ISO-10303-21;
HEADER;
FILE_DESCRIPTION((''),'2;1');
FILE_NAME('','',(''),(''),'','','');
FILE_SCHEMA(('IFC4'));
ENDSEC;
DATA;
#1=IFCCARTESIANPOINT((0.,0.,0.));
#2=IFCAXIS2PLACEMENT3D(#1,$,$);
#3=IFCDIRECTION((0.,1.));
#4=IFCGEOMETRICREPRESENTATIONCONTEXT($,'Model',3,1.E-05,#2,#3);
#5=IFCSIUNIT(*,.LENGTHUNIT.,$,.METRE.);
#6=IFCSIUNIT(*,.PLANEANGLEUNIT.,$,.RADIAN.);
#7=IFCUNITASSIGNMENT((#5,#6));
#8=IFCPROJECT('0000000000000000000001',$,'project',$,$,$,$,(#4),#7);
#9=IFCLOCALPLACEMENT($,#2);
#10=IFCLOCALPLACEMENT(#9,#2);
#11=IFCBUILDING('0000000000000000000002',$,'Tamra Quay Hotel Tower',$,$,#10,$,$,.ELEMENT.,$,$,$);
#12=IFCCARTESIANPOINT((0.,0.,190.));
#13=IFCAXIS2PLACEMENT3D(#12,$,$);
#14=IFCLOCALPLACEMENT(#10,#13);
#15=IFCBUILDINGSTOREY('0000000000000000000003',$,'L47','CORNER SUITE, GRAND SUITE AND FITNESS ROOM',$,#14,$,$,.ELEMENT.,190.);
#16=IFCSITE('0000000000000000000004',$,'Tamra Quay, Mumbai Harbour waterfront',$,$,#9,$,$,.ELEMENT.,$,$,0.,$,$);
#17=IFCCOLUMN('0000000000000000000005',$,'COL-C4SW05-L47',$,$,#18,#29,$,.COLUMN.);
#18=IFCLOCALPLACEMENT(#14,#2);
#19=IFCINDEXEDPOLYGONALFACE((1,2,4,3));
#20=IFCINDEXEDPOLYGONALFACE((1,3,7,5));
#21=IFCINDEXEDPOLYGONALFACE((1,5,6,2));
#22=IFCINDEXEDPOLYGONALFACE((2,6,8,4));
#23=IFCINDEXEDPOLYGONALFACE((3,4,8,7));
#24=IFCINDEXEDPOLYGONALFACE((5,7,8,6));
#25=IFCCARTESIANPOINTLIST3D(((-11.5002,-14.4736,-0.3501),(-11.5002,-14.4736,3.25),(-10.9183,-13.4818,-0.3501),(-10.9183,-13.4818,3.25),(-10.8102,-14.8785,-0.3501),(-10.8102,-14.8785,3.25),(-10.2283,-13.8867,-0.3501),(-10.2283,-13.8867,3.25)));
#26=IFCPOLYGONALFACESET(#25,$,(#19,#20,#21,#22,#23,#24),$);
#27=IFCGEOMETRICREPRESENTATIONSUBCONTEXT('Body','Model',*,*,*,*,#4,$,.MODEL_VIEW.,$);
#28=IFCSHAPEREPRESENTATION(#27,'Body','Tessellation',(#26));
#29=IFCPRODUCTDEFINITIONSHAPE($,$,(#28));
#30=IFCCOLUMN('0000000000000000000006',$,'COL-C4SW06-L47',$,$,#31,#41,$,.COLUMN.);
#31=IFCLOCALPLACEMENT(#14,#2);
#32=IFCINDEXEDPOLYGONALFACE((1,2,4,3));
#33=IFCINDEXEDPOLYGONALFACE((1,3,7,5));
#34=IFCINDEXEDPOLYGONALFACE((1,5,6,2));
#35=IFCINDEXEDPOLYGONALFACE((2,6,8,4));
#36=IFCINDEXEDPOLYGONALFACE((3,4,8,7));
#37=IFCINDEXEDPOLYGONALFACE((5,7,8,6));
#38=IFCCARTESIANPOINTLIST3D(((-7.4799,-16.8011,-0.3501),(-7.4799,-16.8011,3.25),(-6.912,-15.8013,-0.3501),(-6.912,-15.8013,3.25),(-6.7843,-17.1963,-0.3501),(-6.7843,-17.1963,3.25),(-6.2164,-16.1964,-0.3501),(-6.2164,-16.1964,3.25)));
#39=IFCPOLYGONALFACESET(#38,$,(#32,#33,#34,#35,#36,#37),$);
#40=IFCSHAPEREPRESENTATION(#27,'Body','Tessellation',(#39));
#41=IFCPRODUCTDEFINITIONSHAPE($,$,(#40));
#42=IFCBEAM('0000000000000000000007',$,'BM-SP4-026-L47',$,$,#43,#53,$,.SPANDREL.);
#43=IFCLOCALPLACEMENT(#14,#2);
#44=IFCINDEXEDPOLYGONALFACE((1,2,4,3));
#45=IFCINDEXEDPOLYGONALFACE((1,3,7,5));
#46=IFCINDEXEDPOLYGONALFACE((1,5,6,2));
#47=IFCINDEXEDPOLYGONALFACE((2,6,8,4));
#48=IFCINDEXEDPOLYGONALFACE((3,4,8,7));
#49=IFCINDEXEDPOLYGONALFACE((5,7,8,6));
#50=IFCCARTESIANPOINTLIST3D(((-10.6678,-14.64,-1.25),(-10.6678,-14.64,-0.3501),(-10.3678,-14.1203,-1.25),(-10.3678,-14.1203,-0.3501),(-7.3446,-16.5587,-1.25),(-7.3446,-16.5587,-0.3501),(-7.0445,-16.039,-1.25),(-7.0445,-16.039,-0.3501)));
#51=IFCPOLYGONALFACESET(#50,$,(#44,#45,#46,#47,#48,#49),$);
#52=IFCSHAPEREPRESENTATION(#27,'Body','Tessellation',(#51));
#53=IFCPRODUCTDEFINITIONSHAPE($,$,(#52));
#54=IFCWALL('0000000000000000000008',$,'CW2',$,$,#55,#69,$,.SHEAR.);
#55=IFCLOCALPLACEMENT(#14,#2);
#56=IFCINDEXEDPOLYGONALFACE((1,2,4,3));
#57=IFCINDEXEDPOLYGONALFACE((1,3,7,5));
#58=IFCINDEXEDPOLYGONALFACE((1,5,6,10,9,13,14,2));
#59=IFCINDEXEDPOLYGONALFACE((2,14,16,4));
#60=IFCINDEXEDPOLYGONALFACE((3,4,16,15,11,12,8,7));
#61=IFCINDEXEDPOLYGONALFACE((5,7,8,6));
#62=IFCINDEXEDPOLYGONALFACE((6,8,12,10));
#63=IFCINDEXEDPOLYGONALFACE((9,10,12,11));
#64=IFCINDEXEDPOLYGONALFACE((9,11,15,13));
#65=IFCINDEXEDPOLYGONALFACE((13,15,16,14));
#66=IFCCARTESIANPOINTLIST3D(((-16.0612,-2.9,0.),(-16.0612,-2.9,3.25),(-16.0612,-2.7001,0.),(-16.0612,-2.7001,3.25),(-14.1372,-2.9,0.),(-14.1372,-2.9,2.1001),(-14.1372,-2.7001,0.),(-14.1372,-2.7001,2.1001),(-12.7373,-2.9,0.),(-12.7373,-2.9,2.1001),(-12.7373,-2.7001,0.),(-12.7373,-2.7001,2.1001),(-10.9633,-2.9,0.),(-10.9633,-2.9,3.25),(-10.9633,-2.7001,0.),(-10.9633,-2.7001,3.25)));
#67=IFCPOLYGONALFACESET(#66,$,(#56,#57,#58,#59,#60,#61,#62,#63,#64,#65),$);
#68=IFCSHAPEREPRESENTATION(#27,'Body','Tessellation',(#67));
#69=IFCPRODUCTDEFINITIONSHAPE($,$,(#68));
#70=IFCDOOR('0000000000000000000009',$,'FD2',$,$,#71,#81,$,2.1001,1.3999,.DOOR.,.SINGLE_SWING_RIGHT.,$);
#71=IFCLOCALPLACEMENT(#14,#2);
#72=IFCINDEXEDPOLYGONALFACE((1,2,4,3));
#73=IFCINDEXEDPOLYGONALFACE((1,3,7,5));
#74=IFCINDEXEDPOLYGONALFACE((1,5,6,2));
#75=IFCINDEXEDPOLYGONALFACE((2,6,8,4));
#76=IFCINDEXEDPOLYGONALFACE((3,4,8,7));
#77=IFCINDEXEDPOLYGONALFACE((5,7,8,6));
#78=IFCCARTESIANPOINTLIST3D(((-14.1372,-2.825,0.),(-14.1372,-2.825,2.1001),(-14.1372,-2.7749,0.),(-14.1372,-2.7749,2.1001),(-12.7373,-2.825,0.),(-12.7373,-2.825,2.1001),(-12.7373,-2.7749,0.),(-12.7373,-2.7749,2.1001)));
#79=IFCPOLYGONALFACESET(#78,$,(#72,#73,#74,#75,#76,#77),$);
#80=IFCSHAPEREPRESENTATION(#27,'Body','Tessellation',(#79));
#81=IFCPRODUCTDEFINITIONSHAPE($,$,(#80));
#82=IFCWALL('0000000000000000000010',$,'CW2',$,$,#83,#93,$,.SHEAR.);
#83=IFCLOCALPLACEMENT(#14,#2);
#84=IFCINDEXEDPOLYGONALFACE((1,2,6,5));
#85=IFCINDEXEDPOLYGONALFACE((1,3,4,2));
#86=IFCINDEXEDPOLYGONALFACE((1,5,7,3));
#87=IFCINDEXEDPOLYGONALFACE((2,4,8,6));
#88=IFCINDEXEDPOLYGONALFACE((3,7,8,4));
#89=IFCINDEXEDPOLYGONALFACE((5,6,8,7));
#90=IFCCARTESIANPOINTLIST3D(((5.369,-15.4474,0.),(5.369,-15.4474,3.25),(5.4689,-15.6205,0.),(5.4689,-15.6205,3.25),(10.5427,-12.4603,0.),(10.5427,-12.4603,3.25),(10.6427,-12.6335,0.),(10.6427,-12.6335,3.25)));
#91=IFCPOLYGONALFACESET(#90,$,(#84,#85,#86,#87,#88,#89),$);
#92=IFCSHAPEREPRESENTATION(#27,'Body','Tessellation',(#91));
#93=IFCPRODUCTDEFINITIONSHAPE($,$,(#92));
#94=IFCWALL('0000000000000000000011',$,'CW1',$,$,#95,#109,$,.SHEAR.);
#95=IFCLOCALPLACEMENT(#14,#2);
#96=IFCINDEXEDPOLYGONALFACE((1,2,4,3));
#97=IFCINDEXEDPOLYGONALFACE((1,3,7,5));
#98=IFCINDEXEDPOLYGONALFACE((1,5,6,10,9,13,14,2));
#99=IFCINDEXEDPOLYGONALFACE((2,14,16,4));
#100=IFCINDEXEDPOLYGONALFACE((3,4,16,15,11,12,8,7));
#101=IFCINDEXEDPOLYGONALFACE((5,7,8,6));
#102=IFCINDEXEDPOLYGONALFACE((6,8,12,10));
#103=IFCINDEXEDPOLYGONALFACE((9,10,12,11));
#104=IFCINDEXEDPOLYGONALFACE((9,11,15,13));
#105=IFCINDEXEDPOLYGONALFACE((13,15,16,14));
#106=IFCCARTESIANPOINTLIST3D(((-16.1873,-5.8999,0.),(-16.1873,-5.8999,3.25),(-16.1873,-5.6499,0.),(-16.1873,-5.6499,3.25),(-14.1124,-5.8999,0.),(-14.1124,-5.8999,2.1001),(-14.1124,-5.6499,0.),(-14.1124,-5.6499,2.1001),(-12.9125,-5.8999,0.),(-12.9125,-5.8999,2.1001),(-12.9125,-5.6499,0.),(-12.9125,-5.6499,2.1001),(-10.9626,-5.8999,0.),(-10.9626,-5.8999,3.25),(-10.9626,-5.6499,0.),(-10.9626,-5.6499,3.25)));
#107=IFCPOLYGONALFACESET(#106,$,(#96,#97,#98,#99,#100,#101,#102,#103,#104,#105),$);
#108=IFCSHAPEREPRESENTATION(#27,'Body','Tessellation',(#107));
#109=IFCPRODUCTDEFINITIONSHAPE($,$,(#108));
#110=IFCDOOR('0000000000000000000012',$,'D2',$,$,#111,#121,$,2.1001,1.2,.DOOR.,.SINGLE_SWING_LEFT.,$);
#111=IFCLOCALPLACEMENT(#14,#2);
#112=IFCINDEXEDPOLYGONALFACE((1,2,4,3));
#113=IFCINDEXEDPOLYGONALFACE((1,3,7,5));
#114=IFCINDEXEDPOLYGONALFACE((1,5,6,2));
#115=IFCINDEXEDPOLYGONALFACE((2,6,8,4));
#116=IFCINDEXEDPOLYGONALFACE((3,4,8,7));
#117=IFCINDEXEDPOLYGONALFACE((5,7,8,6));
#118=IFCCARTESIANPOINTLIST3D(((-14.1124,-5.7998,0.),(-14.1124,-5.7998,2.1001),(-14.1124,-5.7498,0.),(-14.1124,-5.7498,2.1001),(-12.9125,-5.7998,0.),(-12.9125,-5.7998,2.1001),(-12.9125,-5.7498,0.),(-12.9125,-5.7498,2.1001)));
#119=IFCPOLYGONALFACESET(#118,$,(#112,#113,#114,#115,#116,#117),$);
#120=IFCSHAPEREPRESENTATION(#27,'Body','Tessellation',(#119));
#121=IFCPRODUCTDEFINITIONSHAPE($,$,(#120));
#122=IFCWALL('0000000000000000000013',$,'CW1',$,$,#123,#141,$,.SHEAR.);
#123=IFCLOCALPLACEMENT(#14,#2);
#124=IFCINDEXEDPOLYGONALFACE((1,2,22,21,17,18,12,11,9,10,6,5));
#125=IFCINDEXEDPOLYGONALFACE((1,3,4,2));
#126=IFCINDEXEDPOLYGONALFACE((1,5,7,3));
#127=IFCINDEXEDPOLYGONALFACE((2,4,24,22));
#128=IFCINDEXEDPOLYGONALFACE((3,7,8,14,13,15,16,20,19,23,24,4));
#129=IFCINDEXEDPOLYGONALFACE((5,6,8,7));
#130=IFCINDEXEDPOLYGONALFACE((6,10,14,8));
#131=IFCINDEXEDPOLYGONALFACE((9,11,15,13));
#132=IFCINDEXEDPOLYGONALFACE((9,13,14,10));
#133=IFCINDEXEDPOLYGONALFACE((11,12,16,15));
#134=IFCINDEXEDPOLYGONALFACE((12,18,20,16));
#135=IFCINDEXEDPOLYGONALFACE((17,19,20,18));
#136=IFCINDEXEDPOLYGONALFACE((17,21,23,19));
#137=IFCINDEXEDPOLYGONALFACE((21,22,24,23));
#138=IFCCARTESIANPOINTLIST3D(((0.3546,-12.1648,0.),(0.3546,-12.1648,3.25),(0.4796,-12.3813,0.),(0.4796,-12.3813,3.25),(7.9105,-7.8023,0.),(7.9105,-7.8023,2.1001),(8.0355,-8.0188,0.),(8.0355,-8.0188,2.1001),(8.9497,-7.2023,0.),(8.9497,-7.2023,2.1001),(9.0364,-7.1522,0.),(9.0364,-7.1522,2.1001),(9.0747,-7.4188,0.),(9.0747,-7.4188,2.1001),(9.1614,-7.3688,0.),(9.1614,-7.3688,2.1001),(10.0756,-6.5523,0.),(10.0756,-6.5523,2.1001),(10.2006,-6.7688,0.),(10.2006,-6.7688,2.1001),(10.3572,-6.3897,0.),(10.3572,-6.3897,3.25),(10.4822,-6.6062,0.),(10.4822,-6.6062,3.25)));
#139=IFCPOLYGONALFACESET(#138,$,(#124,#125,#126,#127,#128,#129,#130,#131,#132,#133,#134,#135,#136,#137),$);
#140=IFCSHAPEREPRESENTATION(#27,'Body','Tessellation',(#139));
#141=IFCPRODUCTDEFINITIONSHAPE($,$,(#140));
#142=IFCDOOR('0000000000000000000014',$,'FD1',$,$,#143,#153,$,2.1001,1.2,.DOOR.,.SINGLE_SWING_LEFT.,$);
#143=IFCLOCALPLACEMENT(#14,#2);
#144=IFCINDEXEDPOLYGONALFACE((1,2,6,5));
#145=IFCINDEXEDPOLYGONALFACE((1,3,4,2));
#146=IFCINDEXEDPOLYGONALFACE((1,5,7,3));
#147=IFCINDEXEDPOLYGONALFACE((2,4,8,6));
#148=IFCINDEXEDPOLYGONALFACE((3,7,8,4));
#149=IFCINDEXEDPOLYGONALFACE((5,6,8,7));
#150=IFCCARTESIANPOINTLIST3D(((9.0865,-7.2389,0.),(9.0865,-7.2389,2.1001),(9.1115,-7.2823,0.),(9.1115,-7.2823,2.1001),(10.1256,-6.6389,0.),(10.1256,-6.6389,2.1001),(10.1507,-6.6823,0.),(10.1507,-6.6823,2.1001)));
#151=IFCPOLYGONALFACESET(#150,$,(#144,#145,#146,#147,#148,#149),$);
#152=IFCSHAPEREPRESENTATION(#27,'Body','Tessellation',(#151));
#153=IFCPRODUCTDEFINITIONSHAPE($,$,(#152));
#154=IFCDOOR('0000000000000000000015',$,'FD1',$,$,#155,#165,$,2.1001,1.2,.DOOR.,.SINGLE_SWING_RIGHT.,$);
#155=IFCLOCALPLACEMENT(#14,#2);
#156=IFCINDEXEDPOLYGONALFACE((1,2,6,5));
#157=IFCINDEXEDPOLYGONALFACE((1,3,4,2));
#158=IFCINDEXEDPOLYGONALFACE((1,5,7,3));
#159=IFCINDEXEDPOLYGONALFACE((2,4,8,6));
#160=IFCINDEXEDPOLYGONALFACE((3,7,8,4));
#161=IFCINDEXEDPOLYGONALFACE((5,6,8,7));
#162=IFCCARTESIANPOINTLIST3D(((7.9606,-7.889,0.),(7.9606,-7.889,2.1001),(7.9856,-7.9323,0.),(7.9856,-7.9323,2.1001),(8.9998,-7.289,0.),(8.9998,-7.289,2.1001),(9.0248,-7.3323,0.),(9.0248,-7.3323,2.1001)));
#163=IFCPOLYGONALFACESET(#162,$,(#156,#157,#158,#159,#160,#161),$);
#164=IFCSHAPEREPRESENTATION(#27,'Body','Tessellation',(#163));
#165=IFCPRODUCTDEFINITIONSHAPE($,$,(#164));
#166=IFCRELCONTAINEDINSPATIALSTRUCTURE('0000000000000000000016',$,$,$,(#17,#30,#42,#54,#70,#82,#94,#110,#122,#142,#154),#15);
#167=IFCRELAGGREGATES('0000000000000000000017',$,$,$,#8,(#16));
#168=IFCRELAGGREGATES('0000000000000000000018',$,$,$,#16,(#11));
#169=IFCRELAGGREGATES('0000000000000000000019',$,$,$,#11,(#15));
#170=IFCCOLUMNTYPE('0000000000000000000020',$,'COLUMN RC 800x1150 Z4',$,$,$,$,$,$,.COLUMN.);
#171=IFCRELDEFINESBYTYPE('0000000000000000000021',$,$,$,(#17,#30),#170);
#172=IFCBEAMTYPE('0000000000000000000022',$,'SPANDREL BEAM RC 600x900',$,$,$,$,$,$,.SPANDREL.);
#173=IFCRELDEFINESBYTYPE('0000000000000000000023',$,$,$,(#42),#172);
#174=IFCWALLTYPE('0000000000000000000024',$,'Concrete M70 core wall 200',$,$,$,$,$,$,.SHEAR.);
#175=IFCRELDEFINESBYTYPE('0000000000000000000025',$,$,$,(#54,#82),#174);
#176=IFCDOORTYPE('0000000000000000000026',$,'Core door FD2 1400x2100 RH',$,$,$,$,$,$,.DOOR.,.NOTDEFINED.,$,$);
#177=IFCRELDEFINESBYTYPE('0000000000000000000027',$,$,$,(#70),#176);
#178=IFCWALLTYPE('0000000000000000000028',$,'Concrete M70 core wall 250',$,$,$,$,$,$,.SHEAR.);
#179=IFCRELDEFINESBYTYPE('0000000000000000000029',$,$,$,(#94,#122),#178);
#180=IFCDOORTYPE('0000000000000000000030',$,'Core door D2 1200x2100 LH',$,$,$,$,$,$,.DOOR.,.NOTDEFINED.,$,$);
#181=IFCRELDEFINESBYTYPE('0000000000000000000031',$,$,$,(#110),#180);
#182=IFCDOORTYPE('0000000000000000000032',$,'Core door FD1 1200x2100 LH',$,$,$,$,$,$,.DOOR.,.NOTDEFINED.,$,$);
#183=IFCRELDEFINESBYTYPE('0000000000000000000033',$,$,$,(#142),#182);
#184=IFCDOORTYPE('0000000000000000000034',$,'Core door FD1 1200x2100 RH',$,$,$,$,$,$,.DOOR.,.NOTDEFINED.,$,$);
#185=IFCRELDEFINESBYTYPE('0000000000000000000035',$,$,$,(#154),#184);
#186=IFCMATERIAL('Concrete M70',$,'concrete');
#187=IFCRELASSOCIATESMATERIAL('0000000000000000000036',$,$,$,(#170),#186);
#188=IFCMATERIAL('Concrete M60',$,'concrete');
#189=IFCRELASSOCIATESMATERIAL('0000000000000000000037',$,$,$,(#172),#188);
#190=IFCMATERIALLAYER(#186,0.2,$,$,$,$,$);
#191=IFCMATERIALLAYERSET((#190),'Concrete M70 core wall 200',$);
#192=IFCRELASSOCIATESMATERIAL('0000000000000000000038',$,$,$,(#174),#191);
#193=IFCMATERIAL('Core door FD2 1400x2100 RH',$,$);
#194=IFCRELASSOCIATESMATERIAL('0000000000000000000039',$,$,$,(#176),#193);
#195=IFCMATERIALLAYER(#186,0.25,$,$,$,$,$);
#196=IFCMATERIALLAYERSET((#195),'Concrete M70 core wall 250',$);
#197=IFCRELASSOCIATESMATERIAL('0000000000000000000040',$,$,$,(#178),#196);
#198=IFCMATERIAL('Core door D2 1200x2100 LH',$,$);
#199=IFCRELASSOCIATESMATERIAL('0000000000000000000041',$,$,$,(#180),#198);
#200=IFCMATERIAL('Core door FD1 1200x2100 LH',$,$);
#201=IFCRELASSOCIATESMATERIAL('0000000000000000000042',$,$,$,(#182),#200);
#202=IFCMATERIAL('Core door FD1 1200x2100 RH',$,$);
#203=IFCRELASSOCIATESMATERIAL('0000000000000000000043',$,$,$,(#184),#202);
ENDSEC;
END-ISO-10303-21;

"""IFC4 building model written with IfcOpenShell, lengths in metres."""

from ifc_helpers import new_model, si_unit, direction, frame, frame_2d, origin, origin_2d, place, context, subcontext, project, spatial, rectangle, extrude, material, layer, layer_set, material_profile, profile_set, type_object, element, fill, save


model = new_model("IFC4")

# Units and contexts
model_context = context("Model", 3, precision=1e-05, world=origin(), true_north=direction((0.0, 1.0)))
body_context = subcontext(model_context, "Body", "Model", "MODEL_VIEW")
ifc_project = project(units=[si_unit("LENGTHUNIT", "METRE"), si_unit("PLANEANGLEUNIT", "RADIAN")], contexts=[model_context])

# Site, building, storey
site_placement = place(None, origin())
site = spatial("IfcSite", under=ifc_project, at=site_placement, Name="Tamra Quay, Mumbai Harbour waterfront", CompositionType="ELEMENT", RefElevation=0.0)
building_placement = place(site_placement, origin())
building = spatial("IfcBuilding", under=site, at=building_placement, Name="Tamra Quay Hotel Tower", CompositionType="ELEMENT")
storey_placement = place(building_placement, frame((0.0, 0.0, 190.0)))
storey = spatial("IfcBuildingStorey", under=building, at=storey_placement, Name="L47", Description="CORNER SUITE, GRAND SUITE AND FITNESS ROOM", CompositionType="ELEMENT", Elevation=190.0)

# Columns
ifc_material_1 = material(Name="Concrete M70", Category="concrete")
ifc_material_profile_1 = material_profile(ifc_material_1, rectangle(XDim=1.1499, YDim=0.8, at=origin_2d()), Name="COLUMN RC 800x1150 Z4")
ifc_profile_set_1 = profile_set([ifc_material_profile_1], Name="Concrete M70")
column_type = type_object("IfcColumnType", Name="COLUMN RC 800x1150 Z4", PredefinedType="COLUMN", material=ifc_profile_set_1)
for number, where, z_axis, x_axis, name in (
    (1, (-10.8643, -14.1802, -0.3501), (0.0, 0.0, 1.0), (0.506085, 0.862484, 0.0), "COL-C4SW05-L47"),
    (2, (-6.8481, -16.4988, -0.3501), (0.0, 0.0, 1.0), (0.49389, 0.869524, 0.0), "COL-C4SW06-L47"),
):
    element("IfcColumn", number, at=place(storey_placement, frame(where, z_axis=z_axis, x_axis=x_axis)), inside=storey, type_object=column_type, Name=name, PredefinedType="COLUMN", context=body_context, shape_type="SweptSolid", body=[
        extrude(rectangle(XDim=1.1499, YDim=0.8, at=origin_2d()), origin(), (0.0, 0.0, 1.0), 3.6001),
    ])

# Beam
ifc_material_2 = material(Name="Concrete M60", Category="concrete")
ifc_material_profile_2 = material_profile(ifc_material_2, rectangle(XDim=0.6001, YDim=0.8999, at=origin_2d()), Name="SPANDREL BEAM RC 600x900")
ifc_profile_set_2 = profile_set([ifc_material_profile_2], Name="Concrete M60")
beam_type = type_object("IfcBeamType", Name="SPANDREL BEAM RC 600x900", PredefinedType="SPANDREL", material=ifc_profile_set_2)
beam_placement = place(storey_placement, frame((-10.5178, -14.3801, -0.8), z_axis=(0.866022, -0.500005, 0.0), x_axis=(0.500005, 0.866022, 0.0)))
element("IfcBeam", 3, at=beam_placement, inside=storey, type_object=beam_type, Name="BM-SP4-026-L47", PredefinedType="SPANDREL", context=body_context, shape_type="SweptSolid", body=[
    extrude(rectangle(XDim=0.6001, YDim=0.8999, at=origin_2d()), origin(), (0.0, 0.0, 1.0), 3.8374),
])

# Wall, opening, door
ifc_layer_1 = layer(ifc_material_1, 0.2)
ifc_layer_set_1 = layer_set([ifc_layer_1], Name="Concrete M70 core wall 200")
wall_type_1 = type_object("IfcWallType", Name="Concrete M70 core wall 200", PredefinedType="SHEAR", material=ifc_layer_set_1)
wall_1_placement = place(storey_placement, frame((-10.9634, -2.8, 0.0), z_axis=(0.0, 0.0, 1.0), x_axis=(-1.0, 0.0, 0.0)))
wall_1 = element("IfcWall", 4, at=wall_1_placement, inside=storey, type_object=wall_type_1, Name="CW2", PredefinedType="SHEAR", context=body_context, shape_type="SweptSolid", body=[
    extrude(rectangle(XDim=5.0979, YDim=0.2, at=frame_2d((2.5488, 0.0))), origin(), (0.0, 0.0, 1.0), 3.25),
])
opening_1_placement = place(wall_1_placement, frame((1.7739, 0.0, 0.0)))
opening_1 = element("IfcOpeningElement", 5, at=opening_1_placement, cuts=wall_1, PredefinedType="OPENING", context=body_context, shape_type="SweptSolid", body=[
    extrude(rectangle(XDim=1.3999, YDim=2.1001, at=frame_2d((0.7, 1.05))), frame((0.0, 0.1099, 0.0), z_axis=(0.0, -1.0, 0.0), x_axis=(1.0, 0.0, 0.0)), (0.0, 0.0, 1.0), 0.22),
])
ifc_material_3 = material(Name="Core door FD2 1400x2100 RH")
door_type_1 = type_object("IfcDoorType", Name="Core door FD2 1400x2100 RH", OperationType="NOTDEFINED", PredefinedType="DOOR", material=ifc_material_3)
door_1_placement = place(opening_1_placement, origin())
door_1 = element("IfcDoor", 6, at=door_1_placement, inside=storey, type_object=door_type_1, Name="FD2", OperationType="SINGLE_SWING_RIGHT", OverallHeight=2.1001, OverallWidth=1.3999, PredefinedType="DOOR", context=body_context, shape_type="SweptSolid", body=[
    extrude(rectangle(XDim=1.3999, YDim=2.1001, at=frame_2d((0.7, 1.05))), frame((0.0, 0.0249, 0.0), z_axis=(0.0, -1.0, 0.0), x_axis=(1.0, 0.0, 0.0)), (0.0, 0.0, 1.0), 0.05),
])
fill(opening_1, door_1)

# Wall
wall_2_placement = place(storey_placement, frame((5.4189, -15.5339, 0.0), z_axis=(0.0, 0.0, 1.0), x_axis=(0.866029, 0.499994, 0.0)))
element("IfcWall", 7, at=wall_2_placement, inside=storey, type_object=wall_type_1, Name="CW2", PredefinedType="SHEAR", context=body_context, shape_type="SweptSolid", body=[
    extrude(rectangle(XDim=5.9741, YDim=0.2, at=frame_2d((2.9871, 0.0))), origin(), (0.0, 0.0, 1.0), 3.25),
])

# Wall, opening, door
ifc_layer_2 = layer(ifc_material_1, 0.25)
ifc_layer_set_2 = layer_set([ifc_layer_2], Name="Concrete M70 core wall 250")
wall_type_2 = type_object("IfcWallType", Name="Concrete M70 core wall 250", PredefinedType="SHEAR", material=ifc_layer_set_2)
wall_3_placement = place(storey_placement, frame((-10.9626, -5.7749, 0.0), z_axis=(0.0, 0.0, 1.0), x_axis=(-1.0, 0.0, 0.0)))
wall_3 = element("IfcWall", 8, at=wall_3_placement, inside=storey, type_object=wall_type_2, Name="CW1", PredefinedType="SHEAR", context=body_context, shape_type="SweptSolid", body=[
    extrude(rectangle(XDim=5.2246, YDim=0.25, at=frame_2d((2.6123, 0.0))), origin(), (0.0, 0.0, 1.0), 3.25),
])
opening_2_placement = place(wall_3_placement, frame((1.9497, 0.0, 0.0)))
opening_2 = element("IfcOpeningElement", 9, at=opening_2_placement, cuts=wall_3, PredefinedType="OPENING", context=body_context, shape_type="SweptSolid", body=[
    extrude(rectangle(XDim=1.2, YDim=2.1001, at=frame_2d((0.6001, 1.05))), frame((0.0, 0.135, 0.0), z_axis=(0.0, -1.0, 0.0), x_axis=(1.0, 0.0, 0.0)), (0.0, 0.0, 1.0), 0.27),
])
ifc_material_4 = material(Name="Core door D2 1200x2100 LH")
door_type_2 = type_object("IfcDoorType", Name="Core door D2 1200x2100 LH", OperationType="NOTDEFINED", PredefinedType="DOOR", material=ifc_material_4)
door_2_placement = place(opening_2_placement, origin())
door_2 = element("IfcDoor", 10, at=door_2_placement, inside=storey, type_object=door_type_2, Name="D2", OperationType="SINGLE_SWING_LEFT", OverallHeight=2.1001, OverallWidth=1.2, PredefinedType="DOOR", context=body_context, shape_type="SweptSolid", body=[
    extrude(rectangle(XDim=1.2, YDim=2.1001, at=frame_2d((0.6001, 1.05))), frame((0.0, 0.0249, 0.0), z_axis=(0.0, -1.0, 0.0), x_axis=(1.0, 0.0, 0.0)), (0.0, 0.0, 1.0), 0.05),
])
fill(opening_2, door_2)

# Wall, openings, doors
wall_4_placement = place(storey_placement, frame((0.4172, -12.2729, 0.0), z_axis=(0.0, 0.0, 1.0), x_axis=(0.866022, 0.500006, 0.0)))
wall_4 = element("IfcWall", 11, at=wall_4_placement, inside=storey, type_object=wall_type_2, Name="CW1", PredefinedType="SHEAR", context=body_context, shape_type="SweptSolid", body=[
    extrude(rectangle(XDim=11.55, YDim=0.25, at=frame_2d((5.7749, 0.0))), origin(), (0.0, 0.0, 1.0), 3.25),
])
opening_3_placement = place(wall_4_placement, frame((10.0247, 0.0, 0.0)))
opening_3 = element("IfcOpeningElement", 12, at=opening_3_placement, cuts=wall_4, PredefinedType="OPENING", context=body_context, shape_type="SweptSolid", body=[
    extrude(rectangle(XDim=1.2, YDim=2.1001, at=frame_2d((0.6001, 1.05))), frame((0.0, 0.135, 0.0), z_axis=(0.0, -1.0, 0.0), x_axis=(1.0, 0.0, 0.0)), (0.0, 0.0, 1.0), 0.27),
])
opening_4_placement = place(wall_4_placement, frame((8.7246, 0.0, 0.0)))
opening_4 = element("IfcOpeningElement", 13, at=opening_4_placement, cuts=wall_4, PredefinedType="OPENING", context=body_context, shape_type="SweptSolid", body=[
    extrude(rectangle(XDim=1.2, YDim=2.1001, at=frame_2d((0.6001, 1.05))), frame((0.0, 0.135, 0.0), z_axis=(0.0, -1.0, 0.0), x_axis=(1.0, 0.0, 0.0)), (0.0, 0.0, 1.0), 0.27),
])
ifc_material_5 = material(Name="Core door FD1 1200x2100 LH")
door_type_3 = type_object("IfcDoorType", Name="Core door FD1 1200x2100 LH", OperationType="NOTDEFINED", PredefinedType="DOOR", material=ifc_material_5)
door_3_placement = place(opening_3_placement, origin())
door_3 = element("IfcDoor", 14, at=door_3_placement, inside=storey, type_object=door_type_3, Name="FD1", OperationType="SINGLE_SWING_LEFT", OverallHeight=2.1001, OverallWidth=1.2, PredefinedType="DOOR", context=body_context, shape_type="SweptSolid", body=[
    extrude(rectangle(XDim=1.2, YDim=2.1001, at=frame_2d((0.6001, 1.05))), frame((0.0, 0.0249, 0.0), z_axis=(0.0, -1.0, 0.0), x_axis=(1.0, 0.0, 0.0)), (0.0, 0.0, 1.0), 0.05),
])
fill(opening_3, door_3)
ifc_material_6 = material(Name="Core door FD1 1200x2100 RH")
door_type_4 = type_object("IfcDoorType", Name="Core door FD1 1200x2100 RH", OperationType="NOTDEFINED", PredefinedType="DOOR", material=ifc_material_6)
door_4_placement = place(opening_4_placement, origin())
door_4 = element("IfcDoor", 15, at=door_4_placement, inside=storey, type_object=door_type_4, Name="FD1", OperationType="SINGLE_SWING_RIGHT", OverallHeight=2.1001, OverallWidth=1.2, PredefinedType="DOOR", context=body_context, shape_type="SweptSolid", body=[
    extrude(rectangle(XDim=1.2, YDim=2.1001, at=frame_2d((0.6001, 1.05))), frame((0.0, 0.0249, 0.0), z_axis=(0.0, -1.0, 0.0), x_axis=(1.0, 0.0, 0.0)), (0.0, 0.0, 1.0), 0.05),
])
fill(opening_4, door_4)

save(model, "model.ifc")
